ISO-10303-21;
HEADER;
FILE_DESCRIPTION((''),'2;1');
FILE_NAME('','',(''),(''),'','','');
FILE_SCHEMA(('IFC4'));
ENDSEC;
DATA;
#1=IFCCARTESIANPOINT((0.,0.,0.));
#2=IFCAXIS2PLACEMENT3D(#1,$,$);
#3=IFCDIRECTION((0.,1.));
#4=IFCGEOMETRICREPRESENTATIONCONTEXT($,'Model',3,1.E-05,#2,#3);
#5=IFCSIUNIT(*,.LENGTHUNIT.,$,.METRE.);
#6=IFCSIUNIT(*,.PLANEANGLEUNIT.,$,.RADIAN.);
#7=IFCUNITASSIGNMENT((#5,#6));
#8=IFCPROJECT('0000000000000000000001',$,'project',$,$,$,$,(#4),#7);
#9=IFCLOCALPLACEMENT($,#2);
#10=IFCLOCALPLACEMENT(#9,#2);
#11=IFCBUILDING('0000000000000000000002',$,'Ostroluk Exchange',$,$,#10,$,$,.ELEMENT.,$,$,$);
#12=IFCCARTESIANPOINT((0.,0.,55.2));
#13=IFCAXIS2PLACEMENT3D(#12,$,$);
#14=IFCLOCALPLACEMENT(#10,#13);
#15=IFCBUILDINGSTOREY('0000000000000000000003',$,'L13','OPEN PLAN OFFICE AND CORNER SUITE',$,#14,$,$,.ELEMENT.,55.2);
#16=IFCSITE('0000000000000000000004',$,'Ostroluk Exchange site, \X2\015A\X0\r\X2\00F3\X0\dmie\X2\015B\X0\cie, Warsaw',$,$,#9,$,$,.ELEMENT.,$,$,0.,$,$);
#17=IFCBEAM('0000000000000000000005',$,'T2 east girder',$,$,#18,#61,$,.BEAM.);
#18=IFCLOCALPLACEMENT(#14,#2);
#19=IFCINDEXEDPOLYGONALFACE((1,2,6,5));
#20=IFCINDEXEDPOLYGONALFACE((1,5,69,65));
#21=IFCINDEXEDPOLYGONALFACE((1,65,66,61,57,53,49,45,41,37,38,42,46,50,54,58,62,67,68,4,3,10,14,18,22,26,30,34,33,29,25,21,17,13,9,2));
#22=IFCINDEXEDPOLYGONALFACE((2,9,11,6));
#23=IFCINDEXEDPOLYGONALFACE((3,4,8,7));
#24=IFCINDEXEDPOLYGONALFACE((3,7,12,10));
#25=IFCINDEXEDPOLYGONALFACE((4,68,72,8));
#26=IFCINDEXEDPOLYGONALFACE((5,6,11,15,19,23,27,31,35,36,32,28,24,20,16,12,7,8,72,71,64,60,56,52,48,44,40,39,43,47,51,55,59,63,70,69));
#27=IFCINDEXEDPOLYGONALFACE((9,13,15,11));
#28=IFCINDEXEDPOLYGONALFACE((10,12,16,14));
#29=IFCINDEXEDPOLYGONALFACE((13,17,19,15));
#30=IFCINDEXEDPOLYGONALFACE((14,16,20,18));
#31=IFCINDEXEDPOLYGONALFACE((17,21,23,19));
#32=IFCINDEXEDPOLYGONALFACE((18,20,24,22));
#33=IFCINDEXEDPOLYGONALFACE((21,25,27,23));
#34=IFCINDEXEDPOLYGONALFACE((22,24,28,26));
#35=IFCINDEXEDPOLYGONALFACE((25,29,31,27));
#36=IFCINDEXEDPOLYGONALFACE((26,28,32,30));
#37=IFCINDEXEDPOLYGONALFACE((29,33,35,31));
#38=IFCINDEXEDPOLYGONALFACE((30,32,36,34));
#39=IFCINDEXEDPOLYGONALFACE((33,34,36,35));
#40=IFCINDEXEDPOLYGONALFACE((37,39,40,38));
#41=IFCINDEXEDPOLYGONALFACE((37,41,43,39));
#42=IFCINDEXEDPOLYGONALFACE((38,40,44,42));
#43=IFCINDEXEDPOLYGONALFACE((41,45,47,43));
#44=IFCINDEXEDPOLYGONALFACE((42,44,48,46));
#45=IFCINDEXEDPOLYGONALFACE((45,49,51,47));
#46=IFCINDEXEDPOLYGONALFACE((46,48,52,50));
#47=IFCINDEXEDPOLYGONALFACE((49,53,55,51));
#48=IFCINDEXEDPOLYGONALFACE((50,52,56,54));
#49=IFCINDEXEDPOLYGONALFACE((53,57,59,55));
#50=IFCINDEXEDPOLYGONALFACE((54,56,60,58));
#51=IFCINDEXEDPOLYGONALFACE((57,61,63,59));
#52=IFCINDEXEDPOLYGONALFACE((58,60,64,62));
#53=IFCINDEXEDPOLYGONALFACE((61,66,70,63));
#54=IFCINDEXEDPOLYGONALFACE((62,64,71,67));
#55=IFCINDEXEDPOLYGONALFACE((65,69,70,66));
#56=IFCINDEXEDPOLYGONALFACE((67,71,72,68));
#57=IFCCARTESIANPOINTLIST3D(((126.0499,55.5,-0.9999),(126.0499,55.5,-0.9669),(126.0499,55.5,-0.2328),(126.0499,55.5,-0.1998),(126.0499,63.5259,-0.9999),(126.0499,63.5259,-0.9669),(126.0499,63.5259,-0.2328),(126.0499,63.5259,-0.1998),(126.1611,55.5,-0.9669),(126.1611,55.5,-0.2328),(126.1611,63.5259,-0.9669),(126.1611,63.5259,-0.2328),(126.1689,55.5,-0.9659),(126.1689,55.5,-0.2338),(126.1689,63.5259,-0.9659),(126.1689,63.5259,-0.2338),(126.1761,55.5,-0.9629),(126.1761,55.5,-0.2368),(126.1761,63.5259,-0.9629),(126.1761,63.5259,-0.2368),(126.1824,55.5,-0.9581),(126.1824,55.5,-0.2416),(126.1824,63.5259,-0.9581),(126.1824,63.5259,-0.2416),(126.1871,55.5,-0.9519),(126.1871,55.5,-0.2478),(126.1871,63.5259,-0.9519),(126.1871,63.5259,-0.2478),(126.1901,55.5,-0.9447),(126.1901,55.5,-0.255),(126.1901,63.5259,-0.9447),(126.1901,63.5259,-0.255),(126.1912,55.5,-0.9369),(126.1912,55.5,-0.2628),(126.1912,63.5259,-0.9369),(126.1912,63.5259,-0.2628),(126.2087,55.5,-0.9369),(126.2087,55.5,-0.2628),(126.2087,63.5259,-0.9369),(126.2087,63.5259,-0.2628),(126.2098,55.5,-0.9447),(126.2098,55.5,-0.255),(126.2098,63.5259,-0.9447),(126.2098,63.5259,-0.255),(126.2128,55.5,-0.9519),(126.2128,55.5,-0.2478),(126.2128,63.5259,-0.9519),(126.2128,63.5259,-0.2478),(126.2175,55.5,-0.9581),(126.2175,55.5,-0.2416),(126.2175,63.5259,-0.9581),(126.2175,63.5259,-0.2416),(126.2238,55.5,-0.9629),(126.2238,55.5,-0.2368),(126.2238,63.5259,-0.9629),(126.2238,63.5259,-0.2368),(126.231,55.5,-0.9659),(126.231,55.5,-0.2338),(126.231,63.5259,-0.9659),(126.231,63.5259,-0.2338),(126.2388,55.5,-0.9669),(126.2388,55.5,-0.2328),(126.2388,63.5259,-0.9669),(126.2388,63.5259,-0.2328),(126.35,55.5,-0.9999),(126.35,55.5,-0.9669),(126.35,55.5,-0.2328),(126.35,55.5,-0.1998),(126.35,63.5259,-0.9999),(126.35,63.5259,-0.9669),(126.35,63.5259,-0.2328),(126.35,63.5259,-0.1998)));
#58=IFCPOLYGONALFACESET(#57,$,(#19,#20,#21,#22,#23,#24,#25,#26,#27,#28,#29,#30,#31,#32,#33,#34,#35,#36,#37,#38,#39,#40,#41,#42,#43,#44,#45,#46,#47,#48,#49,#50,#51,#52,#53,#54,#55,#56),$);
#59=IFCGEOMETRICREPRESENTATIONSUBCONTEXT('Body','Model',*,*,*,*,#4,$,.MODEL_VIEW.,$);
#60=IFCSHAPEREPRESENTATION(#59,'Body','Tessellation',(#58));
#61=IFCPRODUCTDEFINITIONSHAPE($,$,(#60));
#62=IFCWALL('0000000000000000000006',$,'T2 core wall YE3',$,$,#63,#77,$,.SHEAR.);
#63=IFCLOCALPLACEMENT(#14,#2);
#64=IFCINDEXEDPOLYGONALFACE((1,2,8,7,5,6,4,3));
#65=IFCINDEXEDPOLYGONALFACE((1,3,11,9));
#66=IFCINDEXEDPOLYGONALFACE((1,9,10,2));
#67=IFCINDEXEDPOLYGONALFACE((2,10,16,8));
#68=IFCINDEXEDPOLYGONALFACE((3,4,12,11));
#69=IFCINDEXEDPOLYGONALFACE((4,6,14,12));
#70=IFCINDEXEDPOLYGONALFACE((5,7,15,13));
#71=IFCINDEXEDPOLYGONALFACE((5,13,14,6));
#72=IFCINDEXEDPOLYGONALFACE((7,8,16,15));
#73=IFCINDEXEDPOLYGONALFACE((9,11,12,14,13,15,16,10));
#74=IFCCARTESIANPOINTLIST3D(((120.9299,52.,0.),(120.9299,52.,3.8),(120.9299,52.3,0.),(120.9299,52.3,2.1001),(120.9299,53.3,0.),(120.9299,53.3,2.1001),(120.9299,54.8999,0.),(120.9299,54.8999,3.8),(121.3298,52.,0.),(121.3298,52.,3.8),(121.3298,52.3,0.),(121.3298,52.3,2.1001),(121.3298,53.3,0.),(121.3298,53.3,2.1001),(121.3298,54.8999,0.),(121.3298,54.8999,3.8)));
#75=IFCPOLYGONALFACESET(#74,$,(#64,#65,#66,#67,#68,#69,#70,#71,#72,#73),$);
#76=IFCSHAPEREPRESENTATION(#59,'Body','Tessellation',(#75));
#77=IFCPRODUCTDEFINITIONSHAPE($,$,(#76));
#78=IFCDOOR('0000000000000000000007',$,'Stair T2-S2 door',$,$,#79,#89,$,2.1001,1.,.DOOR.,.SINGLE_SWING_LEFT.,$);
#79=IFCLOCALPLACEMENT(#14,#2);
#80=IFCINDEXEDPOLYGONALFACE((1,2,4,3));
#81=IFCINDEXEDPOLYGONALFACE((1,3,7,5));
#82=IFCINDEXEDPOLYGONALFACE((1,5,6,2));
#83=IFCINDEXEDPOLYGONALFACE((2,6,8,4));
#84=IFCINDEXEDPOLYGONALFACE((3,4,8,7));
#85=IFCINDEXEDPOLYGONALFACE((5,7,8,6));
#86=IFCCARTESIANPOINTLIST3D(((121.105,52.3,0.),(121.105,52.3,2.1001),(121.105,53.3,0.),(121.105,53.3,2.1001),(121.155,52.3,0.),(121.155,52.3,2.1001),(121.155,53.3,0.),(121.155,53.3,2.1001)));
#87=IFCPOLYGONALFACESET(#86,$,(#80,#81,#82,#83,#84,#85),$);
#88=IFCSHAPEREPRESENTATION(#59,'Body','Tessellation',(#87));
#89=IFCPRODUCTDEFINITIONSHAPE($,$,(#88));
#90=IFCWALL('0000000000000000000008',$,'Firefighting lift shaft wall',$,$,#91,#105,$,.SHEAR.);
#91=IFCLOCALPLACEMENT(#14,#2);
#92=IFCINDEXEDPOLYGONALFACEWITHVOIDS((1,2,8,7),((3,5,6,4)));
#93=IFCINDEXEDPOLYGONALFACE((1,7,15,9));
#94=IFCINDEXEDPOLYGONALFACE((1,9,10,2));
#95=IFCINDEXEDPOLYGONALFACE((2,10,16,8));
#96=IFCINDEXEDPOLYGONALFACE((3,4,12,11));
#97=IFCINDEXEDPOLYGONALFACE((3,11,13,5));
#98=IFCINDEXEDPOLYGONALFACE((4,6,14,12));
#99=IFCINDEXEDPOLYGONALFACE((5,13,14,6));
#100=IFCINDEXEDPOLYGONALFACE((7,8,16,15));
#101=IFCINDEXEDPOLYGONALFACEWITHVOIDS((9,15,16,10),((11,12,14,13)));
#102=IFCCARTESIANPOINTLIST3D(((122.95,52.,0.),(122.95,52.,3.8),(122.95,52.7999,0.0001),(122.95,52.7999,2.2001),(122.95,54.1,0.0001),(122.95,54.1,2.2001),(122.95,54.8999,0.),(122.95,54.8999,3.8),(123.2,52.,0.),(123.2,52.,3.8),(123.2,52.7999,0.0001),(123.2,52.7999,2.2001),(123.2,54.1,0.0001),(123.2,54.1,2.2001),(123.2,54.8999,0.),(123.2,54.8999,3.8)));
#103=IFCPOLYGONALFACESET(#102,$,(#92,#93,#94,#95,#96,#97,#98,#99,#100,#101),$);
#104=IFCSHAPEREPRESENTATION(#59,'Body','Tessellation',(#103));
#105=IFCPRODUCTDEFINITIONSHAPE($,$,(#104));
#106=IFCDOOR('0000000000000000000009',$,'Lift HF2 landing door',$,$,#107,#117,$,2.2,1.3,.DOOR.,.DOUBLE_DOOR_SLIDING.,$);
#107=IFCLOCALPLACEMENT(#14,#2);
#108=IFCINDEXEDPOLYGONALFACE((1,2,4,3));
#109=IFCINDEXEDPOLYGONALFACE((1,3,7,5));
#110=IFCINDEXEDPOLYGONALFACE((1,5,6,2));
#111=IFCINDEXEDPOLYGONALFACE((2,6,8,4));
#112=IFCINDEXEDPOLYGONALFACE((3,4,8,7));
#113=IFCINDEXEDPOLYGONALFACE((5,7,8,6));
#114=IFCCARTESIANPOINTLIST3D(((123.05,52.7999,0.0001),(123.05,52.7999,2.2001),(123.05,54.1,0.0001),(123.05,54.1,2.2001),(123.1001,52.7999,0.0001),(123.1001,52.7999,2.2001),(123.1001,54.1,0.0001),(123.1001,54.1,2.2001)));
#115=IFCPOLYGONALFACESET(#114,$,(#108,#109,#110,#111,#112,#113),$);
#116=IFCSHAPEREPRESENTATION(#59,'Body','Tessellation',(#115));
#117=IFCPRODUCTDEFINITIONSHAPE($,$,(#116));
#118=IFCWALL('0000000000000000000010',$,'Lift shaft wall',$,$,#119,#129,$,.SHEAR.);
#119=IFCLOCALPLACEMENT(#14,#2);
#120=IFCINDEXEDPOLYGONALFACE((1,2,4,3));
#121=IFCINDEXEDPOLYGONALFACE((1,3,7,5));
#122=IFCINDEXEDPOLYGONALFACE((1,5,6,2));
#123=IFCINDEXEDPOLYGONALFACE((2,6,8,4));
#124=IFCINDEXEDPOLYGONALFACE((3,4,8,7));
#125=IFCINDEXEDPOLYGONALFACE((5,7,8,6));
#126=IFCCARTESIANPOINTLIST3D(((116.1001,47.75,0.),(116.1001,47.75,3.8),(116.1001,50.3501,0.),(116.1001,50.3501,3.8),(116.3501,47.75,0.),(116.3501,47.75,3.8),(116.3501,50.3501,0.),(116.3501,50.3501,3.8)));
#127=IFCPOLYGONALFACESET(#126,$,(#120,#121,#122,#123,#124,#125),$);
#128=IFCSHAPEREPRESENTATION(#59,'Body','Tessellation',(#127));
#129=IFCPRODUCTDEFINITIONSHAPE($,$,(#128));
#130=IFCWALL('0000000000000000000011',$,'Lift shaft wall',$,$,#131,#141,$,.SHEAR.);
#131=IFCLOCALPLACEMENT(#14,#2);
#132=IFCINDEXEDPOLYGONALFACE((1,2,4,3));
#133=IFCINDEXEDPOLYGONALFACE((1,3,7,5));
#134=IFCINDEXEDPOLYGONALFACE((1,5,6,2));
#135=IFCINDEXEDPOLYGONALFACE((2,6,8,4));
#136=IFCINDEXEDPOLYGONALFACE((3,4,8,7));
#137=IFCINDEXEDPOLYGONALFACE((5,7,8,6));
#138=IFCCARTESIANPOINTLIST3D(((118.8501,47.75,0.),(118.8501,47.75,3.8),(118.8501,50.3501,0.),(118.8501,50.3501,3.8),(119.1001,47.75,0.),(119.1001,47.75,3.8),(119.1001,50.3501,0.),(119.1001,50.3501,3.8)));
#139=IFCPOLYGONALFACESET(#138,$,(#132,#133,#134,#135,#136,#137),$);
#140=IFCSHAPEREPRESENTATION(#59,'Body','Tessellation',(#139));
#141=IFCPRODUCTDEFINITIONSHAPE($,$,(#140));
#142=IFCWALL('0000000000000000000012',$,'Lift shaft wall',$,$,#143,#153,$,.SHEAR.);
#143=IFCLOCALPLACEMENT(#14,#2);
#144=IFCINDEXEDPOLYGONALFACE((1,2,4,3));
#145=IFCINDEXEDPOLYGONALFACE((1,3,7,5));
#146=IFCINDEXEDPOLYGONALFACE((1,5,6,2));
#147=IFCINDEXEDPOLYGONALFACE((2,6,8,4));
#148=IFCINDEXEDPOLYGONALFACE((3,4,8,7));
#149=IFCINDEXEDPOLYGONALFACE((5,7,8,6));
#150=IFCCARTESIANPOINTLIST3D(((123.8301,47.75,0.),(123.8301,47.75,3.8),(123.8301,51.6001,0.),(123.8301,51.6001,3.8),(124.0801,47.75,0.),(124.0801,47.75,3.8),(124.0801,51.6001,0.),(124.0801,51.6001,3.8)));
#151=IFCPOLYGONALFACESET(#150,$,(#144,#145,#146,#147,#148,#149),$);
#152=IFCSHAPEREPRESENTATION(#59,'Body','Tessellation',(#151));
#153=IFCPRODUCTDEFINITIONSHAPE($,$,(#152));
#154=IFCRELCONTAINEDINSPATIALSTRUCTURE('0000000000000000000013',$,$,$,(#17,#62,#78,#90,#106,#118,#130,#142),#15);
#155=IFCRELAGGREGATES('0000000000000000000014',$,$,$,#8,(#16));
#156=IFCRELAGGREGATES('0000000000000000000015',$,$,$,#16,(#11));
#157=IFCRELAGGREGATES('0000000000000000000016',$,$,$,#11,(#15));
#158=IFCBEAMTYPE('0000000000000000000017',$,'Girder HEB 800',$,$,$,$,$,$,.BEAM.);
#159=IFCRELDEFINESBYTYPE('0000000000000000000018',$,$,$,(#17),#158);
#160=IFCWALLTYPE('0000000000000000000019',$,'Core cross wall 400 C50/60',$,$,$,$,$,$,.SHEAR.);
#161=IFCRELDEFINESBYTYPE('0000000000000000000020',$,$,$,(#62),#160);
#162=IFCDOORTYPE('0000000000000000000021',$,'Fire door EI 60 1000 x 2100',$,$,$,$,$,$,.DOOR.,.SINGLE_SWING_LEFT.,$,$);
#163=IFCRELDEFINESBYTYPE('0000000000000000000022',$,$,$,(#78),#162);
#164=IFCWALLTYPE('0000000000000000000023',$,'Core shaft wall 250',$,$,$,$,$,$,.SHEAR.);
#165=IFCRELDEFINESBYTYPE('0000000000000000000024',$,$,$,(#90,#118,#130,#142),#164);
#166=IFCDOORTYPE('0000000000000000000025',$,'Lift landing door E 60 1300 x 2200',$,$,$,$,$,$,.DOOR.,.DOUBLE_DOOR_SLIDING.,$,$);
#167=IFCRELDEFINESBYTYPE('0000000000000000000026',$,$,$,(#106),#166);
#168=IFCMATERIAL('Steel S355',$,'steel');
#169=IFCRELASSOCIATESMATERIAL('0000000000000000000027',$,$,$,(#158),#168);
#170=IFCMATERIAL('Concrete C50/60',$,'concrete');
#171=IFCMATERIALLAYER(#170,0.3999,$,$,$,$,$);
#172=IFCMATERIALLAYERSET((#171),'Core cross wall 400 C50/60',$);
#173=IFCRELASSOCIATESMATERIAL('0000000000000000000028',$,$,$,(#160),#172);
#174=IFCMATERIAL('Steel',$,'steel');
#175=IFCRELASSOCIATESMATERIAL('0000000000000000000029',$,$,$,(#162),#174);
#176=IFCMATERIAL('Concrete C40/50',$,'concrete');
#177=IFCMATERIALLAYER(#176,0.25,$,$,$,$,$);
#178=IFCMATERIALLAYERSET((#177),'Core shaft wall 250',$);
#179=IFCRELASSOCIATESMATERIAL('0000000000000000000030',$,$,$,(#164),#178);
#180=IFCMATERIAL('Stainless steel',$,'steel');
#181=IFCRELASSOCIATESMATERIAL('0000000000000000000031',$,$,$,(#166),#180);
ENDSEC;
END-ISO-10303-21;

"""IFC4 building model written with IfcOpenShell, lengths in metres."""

from ifc_helpers import new_model, si_unit, direction, frame, frame_2d, origin, origin_2d, place, context, subcontext, project, spatial, rectangle, i_section, extrude, material, layer, layer_set, material_profile, profile_set, type_object, element, fill, save


model = new_model("IFC4")

# Units and contexts
model_context = context("Model", 3, precision=1e-05, world=origin(), true_north=direction((0.0, 1.0)))
body_context = subcontext(model_context, "Body", "Model", "MODEL_VIEW")
ifc_project = project(units=[si_unit("LENGTHUNIT", "METRE"), si_unit("PLANEANGLEUNIT", "RADIAN")], contexts=[model_context])

# Site, building, storey
site_placement = place(None, origin())
site = spatial("IfcSite", under=ifc_project, at=site_placement, Name="Ostroluk Exchange site, Śródmieście, Warsaw", CompositionType="ELEMENT", RefElevation=0.0)
building_placement = place(site_placement, origin())
building = spatial("IfcBuilding", under=site, at=building_placement, Name="Ostroluk Exchange", CompositionType="ELEMENT")
storey_placement = place(building_placement, frame((0.0, 0.0, 55.2)))
storey = spatial("IfcBuildingStorey", under=building, at=storey_placement, Name="L13", Description="OPEN PLAN OFFICE AND CORNER SUITE", CompositionType="ELEMENT", Elevation=55.2)

# Beam
ifc_material_1 = material(Name="Steel S355", Category="steel")
ifc_material_profile_1 = material_profile(ifc_material_1, i_section(OverallWidth=0.3, OverallDepth=0.8, WebThickness=0.0176, FlangeThickness=0.033, FilletRadius=0.03, at=origin_2d()), Name="HEB 800")
ifc_profile_set_1 = profile_set([ifc_material_profile_1], Name="Steel S355")
beam_type_1 = type_object("IfcBeamType", Name="Girder HEB 800", PredefinedType="BEAM", material=ifc_profile_set_1)
beam_placement = place(storey_placement, frame((126.2, 55.5, -0.5999), z_axis=(0.0, 1.0, 0.0), x_axis=(-1.0, 0.0, 0.0)))
element("IfcBeam", 1, at=beam_placement, inside=storey, type_object=beam_type_1, Name="T2 east girder", PredefinedType="BEAM", context=body_context, shape_type="SweptSolid", body=[
    extrude(i_section(OverallWidth=0.3, OverallDepth=0.8, WebThickness=0.0176, FlangeThickness=0.033, FilletRadius=0.03, at=origin_2d()), origin(), (0.0, 0.0, 1.0), 8.0259),
])

# Walls, openings, doors
ifc_material_2 = material(Name="Concrete C50/60", Category="concrete")
ifc_layer_1 = layer(ifc_material_2, 0.3999)
ifc_layer_set_1 = layer_set([ifc_layer_1], Name="Core cross wall 400 C50/60")
wall_type_1 = type_object("IfcWallType", Name="Core cross wall 400 C50/60", PredefinedType="SHEAR", material=ifc_layer_set_1)
wall_1_placement = place(storey_placement, frame((121.1299, 52.0, 0.0), z_axis=(0.0, 0.0, 1.0), x_axis=(0.0, 1.0, 0.0)))
wall_1 = element("IfcWall", 2, at=wall_1_placement, inside=storey, type_object=wall_type_1, Name="T2 core wall YE3", PredefinedType="SHEAR", context=body_context, shape_type="SweptSolid", body=[
    extrude(rectangle(XDim=2.8999, YDim=0.3999, at=frame_2d((1.45, 0.0))), origin(), (0.0, 0.0, 1.0), 3.8),
])
opening_1_placement = place(wall_1_placement, frame((0.3, 0.0, 0.0)))
opening_1 = element("IfcOpeningElement", 3, at=opening_1_placement, cuts=wall_1, PredefinedType="OPENING", context=body_context, shape_type="SweptSolid", body=[
    extrude(rectangle(XDim=1.0, YDim=2.1001, at=frame_2d((0.5, 1.05))), frame((0.0, 0.21, 0.0), z_axis=(0.0, -1.0, 0.0), x_axis=(1.0, 0.0, 0.0)), (0.0, 0.0, 1.0), 0.4199),
])
ifc_material_3 = material(Name="Steel", Category="steel")
door_type_1 = type_object("IfcDoorType", Name="Fire door EI 60 1000 x 2100", OperationType="SINGLE_SWING_LEFT", PredefinedType="DOOR", material=ifc_material_3)
door_1_placement = place(opening_1_placement, origin())
door_1 = element("IfcDoor", 4, at=door_1_placement, inside=storey, type_object=door_type_1, Name="Stair T2-S2 door", OperationType="SINGLE_SWING_LEFT", OverallHeight=2.1001, OverallWidth=1.0, PredefinedType="DOOR", context=body_context, shape_type="SweptSolid", body=[
    extrude(rectangle(XDim=1.0, YDim=2.1001, at=frame_2d((0.5, 1.05))), frame((0.0, 0.0249, 0.0), z_axis=(0.0, -1.0, 0.0), x_axis=(1.0, 0.0, 0.0)), (0.0, 0.0, 1.0), 0.05),
])
fill(opening_1, door_1)
ifc_material_4 = material(Name="Concrete C40/50", Category="concrete")
ifc_layer_2 = layer(ifc_material_4, 0.25)
ifc_layer_set_2 = layer_set([ifc_layer_2], Name="Core shaft wall 250")
wall_type_2 = type_object("IfcWallType", Name="Core shaft wall 250", PredefinedType="SHEAR", material=ifc_layer_set_2)
wall_2_placement = place(storey_placement, frame((123.075, 52.0, 0.0), z_axis=(0.0, 0.0, 1.0), x_axis=(0.0, 1.0, 0.0)))
wall_2 = element("IfcWall", 5, at=wall_2_placement, inside=storey, type_object=wall_type_2, Name="Firefighting lift shaft wall", PredefinedType="SHEAR", context=body_context, shape_type="SweptSolid", body=[
    extrude(rectangle(XDim=2.8999, YDim=0.25, at=frame_2d((1.45, 0.0))), origin(), (0.0, 0.0, 1.0), 3.8),
])
opening_2_placement = place(wall_2_placement, frame((0.8, 0.0, 0.0)))
opening_2 = element("IfcOpeningElement", 6, at=opening_2_placement, cuts=wall_2, PredefinedType="OPENING", context=body_context, shape_type="SweptSolid", body=[
    extrude(rectangle(XDim=1.3, YDim=2.2, at=frame_2d((0.6499, 1.1001))), frame((0.0, 0.135, 0.0), z_axis=(0.0, -1.0, 0.0), x_axis=(1.0, 0.0, 0.0)), (0.0, 0.0, 1.0), 0.27),
])
ifc_material_5 = material(Name="Stainless steel", Category="steel")
door_type_2 = type_object("IfcDoorType", Name="Lift landing door E 60 1300 x 2200", OperationType="DOUBLE_DOOR_SLIDING", PredefinedType="DOOR", material=ifc_material_5)
door_2_placement = place(opening_2_placement, origin())
door_2 = element("IfcDoor", 7, at=door_2_placement, inside=storey, type_object=door_type_2, Name="Lift HF2 landing door", OperationType="DOUBLE_DOOR_SLIDING", OverallHeight=2.2, OverallWidth=1.3, PredefinedType="DOOR", context=body_context, shape_type="SweptSolid", body=[
    extrude(rectangle(XDim=1.3, YDim=2.2, at=frame_2d((0.6499, 1.1001))), frame((0.0, 0.0249, 0.0), z_axis=(0.0, -1.0, 0.0), x_axis=(1.0, 0.0, 0.0)), (0.0, 0.0, 1.0), 0.05),
])
fill(opening_2, door_2)

# Walls
for number, where, z_axis, x_axis, name in (
    (8, (116.2251, 47.75, 0.0), (0.0, 0.0, 1.0), (0.0, 1.0, 0.0), "Lift shaft wall"),
    (9, (118.9751, 47.75, 0.0), (0.0, 0.0, 1.0), (0.0, 1.0, 0.0), "Lift shaft wall"),
):
    element("IfcWall", number, at=place(storey_placement, frame(where, z_axis=z_axis, x_axis=x_axis)), inside=storey, type_object=wall_type_2, Name=name, PredefinedType="SHEAR", context=body_context, shape_type="SweptSolid", body=[
        extrude(rectangle(XDim=2.6001, YDim=0.25, at=frame_2d((1.3, 0.0))), origin(), (0.0, 0.0, 1.0), 3.8),
    ])
wall_3_placement = place(storey_placement, frame((123.9551, 47.75, 0.0), z_axis=(0.0, 0.0, 1.0), x_axis=(0.0, 1.0, 0.0)))
element("IfcWall", 10, at=wall_3_placement, inside=storey, type_object=wall_type_2, Name="Lift shaft wall", PredefinedType="SHEAR", context=body_context, shape_type="SweptSolid", body=[
    extrude(rectangle(XDim=3.8501, YDim=0.25, at=frame_2d((1.925, 0.0))), origin(), (0.0, 0.0, 1.0), 3.8),
])

save(model, "model.ifc")
